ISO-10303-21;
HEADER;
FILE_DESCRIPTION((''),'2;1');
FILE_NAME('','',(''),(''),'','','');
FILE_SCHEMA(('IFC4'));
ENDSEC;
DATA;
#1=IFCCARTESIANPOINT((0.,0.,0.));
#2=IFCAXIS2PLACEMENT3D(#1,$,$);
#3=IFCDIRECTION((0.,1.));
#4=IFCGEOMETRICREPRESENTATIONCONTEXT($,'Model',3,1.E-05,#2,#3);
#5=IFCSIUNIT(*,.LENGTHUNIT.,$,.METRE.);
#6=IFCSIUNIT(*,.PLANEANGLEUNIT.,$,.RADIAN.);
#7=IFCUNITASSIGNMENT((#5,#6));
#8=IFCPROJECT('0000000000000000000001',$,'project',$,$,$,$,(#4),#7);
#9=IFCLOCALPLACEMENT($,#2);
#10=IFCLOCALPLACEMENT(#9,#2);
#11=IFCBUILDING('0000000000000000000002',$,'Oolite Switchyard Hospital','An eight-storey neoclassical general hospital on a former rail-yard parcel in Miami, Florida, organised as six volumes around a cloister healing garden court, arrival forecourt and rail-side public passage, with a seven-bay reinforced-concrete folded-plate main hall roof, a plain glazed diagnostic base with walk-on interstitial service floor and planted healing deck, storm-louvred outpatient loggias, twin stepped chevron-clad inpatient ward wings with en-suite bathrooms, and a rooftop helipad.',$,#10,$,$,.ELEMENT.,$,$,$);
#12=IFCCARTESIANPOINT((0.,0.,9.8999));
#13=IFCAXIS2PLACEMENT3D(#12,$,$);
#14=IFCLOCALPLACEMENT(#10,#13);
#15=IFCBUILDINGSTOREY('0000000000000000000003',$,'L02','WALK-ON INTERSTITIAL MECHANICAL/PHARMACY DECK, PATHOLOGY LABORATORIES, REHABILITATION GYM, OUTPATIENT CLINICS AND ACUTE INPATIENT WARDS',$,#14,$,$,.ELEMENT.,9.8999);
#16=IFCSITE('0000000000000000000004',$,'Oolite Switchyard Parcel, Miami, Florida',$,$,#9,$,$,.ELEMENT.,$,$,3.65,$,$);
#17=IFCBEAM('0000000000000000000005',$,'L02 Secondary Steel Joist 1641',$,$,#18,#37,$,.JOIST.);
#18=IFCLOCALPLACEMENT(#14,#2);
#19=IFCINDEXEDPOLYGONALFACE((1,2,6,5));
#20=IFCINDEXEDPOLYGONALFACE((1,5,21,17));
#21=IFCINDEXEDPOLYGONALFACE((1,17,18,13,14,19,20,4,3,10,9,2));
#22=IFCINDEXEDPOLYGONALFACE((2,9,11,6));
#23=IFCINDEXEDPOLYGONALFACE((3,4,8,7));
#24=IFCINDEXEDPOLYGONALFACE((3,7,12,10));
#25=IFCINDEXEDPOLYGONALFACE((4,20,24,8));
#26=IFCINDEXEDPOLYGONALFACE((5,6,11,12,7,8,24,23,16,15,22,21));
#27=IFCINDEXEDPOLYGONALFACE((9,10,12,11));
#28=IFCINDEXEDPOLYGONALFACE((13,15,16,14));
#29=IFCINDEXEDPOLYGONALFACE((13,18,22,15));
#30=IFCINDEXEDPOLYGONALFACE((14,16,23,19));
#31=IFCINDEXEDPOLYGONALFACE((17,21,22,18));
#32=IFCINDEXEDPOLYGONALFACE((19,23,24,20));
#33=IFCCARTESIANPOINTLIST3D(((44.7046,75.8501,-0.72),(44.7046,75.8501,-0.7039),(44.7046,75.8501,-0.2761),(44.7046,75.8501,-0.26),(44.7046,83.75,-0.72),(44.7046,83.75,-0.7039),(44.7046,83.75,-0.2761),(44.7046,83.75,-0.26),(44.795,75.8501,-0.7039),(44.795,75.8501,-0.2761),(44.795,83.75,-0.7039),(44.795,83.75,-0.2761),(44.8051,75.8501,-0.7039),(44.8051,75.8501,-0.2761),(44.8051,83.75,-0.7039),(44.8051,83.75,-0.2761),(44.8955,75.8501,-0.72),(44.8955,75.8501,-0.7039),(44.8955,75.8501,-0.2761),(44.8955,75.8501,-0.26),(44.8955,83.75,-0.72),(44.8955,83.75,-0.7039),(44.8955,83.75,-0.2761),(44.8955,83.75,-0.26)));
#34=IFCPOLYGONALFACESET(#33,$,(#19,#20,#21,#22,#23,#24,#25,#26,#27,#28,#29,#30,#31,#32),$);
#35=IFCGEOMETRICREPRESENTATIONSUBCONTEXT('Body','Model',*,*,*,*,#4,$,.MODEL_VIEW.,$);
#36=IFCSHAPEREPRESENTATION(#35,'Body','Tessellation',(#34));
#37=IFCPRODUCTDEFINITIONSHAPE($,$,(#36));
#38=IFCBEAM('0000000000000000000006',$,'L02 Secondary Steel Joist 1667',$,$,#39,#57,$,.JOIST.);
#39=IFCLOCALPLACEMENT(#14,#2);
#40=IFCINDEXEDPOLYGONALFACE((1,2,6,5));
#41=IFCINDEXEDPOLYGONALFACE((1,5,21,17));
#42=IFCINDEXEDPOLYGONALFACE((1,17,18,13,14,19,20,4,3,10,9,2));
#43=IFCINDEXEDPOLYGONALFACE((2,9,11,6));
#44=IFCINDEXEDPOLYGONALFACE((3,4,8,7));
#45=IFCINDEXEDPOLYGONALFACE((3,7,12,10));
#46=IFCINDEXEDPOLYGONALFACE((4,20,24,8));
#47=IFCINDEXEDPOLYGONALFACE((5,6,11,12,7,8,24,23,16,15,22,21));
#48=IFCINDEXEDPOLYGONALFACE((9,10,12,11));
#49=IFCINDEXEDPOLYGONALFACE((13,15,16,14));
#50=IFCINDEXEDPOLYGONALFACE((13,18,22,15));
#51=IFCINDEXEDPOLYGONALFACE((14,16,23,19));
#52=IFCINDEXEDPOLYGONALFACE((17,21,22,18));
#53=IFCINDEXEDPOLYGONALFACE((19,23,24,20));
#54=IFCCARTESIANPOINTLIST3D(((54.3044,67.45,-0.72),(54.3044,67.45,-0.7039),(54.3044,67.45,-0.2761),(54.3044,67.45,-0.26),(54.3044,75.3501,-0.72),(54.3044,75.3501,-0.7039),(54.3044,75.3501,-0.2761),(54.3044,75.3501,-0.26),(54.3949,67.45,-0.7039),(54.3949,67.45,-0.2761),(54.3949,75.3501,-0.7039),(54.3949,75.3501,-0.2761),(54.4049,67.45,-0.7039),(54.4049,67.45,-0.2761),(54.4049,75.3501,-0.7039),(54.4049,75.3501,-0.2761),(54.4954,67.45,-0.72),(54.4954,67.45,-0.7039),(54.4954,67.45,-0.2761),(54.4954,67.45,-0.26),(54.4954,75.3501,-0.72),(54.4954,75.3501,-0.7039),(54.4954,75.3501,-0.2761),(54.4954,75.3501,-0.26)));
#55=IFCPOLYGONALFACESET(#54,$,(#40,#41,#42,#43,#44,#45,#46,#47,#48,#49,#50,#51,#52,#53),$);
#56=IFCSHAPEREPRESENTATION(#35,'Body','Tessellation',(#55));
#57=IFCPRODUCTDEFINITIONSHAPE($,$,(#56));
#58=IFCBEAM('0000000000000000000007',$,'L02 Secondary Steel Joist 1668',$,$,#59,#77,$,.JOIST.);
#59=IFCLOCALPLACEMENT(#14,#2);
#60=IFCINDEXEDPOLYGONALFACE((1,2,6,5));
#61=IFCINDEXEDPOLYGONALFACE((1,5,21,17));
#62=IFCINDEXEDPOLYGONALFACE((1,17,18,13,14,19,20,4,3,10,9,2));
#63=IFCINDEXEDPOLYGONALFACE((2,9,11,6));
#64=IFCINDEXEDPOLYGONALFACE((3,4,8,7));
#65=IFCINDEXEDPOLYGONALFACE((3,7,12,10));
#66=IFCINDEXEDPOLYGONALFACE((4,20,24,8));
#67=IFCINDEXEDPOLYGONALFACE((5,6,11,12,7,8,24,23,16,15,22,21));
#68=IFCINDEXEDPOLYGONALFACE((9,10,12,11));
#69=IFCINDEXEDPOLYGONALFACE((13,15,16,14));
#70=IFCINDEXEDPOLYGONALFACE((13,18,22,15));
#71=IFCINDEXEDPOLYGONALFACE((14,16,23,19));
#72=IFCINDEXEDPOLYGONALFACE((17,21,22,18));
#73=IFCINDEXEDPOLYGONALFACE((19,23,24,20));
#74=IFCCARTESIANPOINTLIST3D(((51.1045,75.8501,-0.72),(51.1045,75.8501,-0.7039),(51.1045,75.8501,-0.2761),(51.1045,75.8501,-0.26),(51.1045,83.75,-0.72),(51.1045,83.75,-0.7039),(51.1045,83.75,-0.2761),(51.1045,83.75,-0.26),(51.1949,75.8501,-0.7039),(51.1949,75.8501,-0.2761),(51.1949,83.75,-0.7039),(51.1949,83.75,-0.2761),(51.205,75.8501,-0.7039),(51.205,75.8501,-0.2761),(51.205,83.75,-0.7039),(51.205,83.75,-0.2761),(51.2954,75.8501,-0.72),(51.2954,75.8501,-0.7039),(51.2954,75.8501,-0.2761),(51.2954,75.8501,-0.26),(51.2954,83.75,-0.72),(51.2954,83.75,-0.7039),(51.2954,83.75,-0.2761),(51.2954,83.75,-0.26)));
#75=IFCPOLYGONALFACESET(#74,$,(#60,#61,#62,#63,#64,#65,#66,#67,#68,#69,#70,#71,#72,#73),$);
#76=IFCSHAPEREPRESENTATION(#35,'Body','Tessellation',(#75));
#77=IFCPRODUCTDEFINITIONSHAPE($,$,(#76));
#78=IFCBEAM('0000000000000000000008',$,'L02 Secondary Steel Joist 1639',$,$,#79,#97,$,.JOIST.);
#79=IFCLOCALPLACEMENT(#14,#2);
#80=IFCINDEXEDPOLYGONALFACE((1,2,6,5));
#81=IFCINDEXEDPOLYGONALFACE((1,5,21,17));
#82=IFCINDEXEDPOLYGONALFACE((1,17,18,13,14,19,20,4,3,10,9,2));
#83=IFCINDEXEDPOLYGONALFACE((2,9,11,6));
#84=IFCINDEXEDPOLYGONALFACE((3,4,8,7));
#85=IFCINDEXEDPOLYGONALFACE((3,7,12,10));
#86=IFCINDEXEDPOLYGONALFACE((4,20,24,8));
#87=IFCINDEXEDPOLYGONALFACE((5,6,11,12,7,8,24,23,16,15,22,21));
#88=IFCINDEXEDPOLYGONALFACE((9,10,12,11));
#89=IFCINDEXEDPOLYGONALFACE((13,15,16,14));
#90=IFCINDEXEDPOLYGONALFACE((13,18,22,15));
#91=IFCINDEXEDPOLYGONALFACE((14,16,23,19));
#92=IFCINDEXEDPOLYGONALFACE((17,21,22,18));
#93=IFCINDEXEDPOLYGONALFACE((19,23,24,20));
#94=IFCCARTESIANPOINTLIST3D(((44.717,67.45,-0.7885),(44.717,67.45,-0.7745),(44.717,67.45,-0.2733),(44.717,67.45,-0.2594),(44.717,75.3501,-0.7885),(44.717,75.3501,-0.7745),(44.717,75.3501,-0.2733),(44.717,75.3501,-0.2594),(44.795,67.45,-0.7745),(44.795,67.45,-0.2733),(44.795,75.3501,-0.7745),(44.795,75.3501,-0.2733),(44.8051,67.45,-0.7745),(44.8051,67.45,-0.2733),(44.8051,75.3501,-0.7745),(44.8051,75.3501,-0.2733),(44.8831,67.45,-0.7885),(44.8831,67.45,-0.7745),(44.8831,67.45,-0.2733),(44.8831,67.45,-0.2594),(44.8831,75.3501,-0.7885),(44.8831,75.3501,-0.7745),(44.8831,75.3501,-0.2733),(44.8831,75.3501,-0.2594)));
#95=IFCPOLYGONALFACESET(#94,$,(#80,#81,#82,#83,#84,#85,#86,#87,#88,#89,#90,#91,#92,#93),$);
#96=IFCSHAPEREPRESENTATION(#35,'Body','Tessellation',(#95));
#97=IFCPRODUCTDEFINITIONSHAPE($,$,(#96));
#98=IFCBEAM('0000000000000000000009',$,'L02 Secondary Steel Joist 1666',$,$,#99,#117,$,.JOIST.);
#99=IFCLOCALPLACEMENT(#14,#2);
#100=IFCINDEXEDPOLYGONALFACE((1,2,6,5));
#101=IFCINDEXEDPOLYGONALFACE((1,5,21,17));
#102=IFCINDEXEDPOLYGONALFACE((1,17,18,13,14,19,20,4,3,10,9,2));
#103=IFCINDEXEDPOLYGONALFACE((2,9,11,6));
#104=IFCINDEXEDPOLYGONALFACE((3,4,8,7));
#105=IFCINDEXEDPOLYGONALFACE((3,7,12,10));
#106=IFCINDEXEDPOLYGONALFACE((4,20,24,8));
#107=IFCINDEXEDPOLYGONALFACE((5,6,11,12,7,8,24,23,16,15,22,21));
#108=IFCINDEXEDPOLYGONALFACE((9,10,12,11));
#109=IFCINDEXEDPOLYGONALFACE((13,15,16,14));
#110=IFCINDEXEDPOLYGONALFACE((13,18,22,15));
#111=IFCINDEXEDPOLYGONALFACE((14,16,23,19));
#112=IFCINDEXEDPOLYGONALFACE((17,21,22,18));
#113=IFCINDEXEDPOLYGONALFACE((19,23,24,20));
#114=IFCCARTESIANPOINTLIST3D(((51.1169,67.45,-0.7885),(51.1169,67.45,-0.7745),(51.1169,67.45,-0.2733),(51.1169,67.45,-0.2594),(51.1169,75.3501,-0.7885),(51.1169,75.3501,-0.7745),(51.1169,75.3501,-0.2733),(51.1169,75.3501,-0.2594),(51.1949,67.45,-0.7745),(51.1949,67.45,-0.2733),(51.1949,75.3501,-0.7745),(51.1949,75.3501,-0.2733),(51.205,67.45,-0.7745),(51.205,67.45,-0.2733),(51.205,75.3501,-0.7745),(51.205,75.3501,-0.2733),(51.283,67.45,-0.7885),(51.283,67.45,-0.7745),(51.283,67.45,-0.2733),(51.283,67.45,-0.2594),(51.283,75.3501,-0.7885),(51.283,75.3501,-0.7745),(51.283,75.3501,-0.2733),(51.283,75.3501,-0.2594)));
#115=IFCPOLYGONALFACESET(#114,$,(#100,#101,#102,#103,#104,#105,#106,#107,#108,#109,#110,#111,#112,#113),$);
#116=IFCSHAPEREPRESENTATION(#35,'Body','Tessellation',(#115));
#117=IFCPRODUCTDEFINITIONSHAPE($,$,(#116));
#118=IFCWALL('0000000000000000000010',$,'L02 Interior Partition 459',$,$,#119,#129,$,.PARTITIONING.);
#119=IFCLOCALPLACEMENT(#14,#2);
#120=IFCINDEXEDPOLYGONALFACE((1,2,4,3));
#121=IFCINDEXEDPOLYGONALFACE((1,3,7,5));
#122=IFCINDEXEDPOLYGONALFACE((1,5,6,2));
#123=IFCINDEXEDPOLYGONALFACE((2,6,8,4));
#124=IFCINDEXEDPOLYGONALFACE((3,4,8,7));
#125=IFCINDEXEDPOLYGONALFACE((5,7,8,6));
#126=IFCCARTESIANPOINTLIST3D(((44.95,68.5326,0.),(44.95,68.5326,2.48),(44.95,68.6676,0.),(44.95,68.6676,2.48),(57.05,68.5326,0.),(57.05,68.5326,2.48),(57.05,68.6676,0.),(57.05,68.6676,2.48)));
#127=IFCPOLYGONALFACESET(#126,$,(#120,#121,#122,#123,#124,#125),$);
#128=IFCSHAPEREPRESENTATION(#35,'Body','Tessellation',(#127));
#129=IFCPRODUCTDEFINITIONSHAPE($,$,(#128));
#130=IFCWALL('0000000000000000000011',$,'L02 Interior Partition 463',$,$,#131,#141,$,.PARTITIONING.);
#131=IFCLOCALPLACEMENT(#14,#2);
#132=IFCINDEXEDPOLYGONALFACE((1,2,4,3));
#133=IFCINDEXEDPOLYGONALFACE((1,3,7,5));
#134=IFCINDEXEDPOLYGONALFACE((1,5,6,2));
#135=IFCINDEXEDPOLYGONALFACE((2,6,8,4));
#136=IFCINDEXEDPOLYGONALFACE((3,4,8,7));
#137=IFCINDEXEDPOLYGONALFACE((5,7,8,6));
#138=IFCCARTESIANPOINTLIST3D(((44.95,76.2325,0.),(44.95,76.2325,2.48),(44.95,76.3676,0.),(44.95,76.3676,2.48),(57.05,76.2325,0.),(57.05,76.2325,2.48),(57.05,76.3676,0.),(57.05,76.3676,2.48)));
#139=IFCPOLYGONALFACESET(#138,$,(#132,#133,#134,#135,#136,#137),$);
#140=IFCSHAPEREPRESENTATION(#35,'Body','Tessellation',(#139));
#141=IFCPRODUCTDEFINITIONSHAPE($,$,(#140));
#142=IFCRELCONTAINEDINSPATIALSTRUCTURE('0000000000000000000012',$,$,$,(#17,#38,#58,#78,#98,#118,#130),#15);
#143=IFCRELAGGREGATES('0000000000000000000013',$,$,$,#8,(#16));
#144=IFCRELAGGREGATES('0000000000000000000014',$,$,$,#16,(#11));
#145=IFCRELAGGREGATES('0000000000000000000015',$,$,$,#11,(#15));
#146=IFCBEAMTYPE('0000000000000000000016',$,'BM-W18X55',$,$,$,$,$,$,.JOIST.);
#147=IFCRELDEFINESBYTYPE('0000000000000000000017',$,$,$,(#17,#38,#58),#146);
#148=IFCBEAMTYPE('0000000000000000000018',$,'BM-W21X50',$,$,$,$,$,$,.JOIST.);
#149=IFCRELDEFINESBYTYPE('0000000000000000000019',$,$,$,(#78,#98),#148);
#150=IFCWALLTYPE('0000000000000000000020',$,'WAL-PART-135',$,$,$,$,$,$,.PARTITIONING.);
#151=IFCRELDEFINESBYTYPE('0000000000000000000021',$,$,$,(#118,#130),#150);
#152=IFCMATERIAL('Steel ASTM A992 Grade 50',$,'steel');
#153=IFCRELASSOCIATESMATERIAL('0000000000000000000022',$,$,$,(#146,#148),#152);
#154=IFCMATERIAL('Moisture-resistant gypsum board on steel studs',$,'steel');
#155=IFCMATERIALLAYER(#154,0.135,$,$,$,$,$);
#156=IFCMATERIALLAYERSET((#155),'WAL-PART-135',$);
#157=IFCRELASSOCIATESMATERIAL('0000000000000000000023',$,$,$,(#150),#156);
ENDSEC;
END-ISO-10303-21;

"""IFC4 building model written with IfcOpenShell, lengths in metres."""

from ifc_helpers import new_model, si_unit, direction, frame, frame_2d, origin, origin_2d, place, context, subcontext, project, spatial, rectangle, i_section, extrude, material, layer, layer_set, material_profile, profile_set, type_object, element, save


model = new_model("IFC4")

# Units and contexts
model_context = context("Model", 3, precision=1e-05, world=origin(), true_north=direction((0.0, 1.0)))
body_context = subcontext(model_context, "Body", "Model", "MODEL_VIEW")
ifc_project = project(units=[si_unit("LENGTHUNIT", "METRE"), si_unit("PLANEANGLEUNIT", "RADIAN")], contexts=[model_context])

# Site, building, storey
site_placement = place(None, origin())
site = spatial("IfcSite", under=ifc_project, at=site_placement, Name="Oolite Switchyard Parcel, Miami, Florida", CompositionType="ELEMENT", RefElevation=3.65)
building_placement = place(site_placement, origin())
building = spatial("IfcBuilding", under=site, at=building_placement, Name="Oolite Switchyard Hospital", Description="An eight-storey neoclassical general hospital on a former rail-yard parcel in Miami, Florida, organised as six volumes around a cloister healing garden court, arrival forecourt and rail-side public passage, with a seven-bay reinforced-concrete folded-plate main hall roof, a plain glazed diagnostic base with walk-on interstitial service floor and planted healing deck, storm-louvred outpatient loggias, twin stepped chevron-clad inpatient ward wings with en-suite bathrooms, and a rooftop helipad.", CompositionType="ELEMENT")
storey_placement = place(building_placement, frame((0.0, 0.0, 9.8999)))
storey = spatial("IfcBuildingStorey", under=building, at=storey_placement, Name="L02", Description="WALK-ON INTERSTITIAL MECHANICAL/PHARMACY DECK, PATHOLOGY LABORATORIES, REHABILITATION GYM, OUTPATIENT CLINICS AND ACUTE INPATIENT WARDS", CompositionType="ELEMENT", Elevation=9.8999)

# Shared definitions
ifc_material_1 = material(Name="Steel ASTM A992 Grade 50", Category="steel")

# Beams
ifc_material_profile_1 = material_profile(ifc_material_1, i_section(OverallWidth=0.1909, OverallDepth=0.46, WebThickness=0.01, FlangeThickness=0.0161, at=origin_2d()), Name="W18X55")
ifc_profile_set_1 = profile_set([ifc_material_profile_1], Name="Steel ASTM A992 Grade 50")
beam_type_1 = type_object("IfcBeamType", Name="BM-W18X55", PredefinedType="JOIST", material=ifc_profile_set_1)
beam_1_placement = place(storey_placement, frame((44.8, 75.8501, -0.49), z_axis=(0.0, 1.0, 0.0), x_axis=(-1.0, 0.0, 0.0)))
element("IfcBeam", 1, at=beam_1_placement, inside=storey, type_object=beam_type_1, Name="L02 Secondary Steel Joist 1641", PredefinedType="JOIST", context=body_context, shape_type="SweptSolid", body=[
    extrude(i_section(OverallWidth=0.1909, OverallDepth=0.46, WebThickness=0.01, FlangeThickness=0.0161, at=origin_2d()), origin(), (0.0, 0.0, 1.0), 7.8999),
])
beam_2_placement = place(storey_placement, frame((54.3999, 67.45, -0.49), z_axis=(0.0, 1.0, 0.0), x_axis=(-1.0, 0.0, 0.0)))
element("IfcBeam", 2, at=beam_2_placement, inside=storey, type_object=beam_type_1, Name="L02 Secondary Steel Joist 1667", PredefinedType="JOIST", context=body_context, shape_type="SweptSolid", body=[
    extrude(i_section(OverallWidth=0.1909, OverallDepth=0.46, WebThickness=0.01, FlangeThickness=0.0161, at=origin_2d()), origin(), (0.0, 0.0, 1.0), 7.9001),
])
beam_3_placement = place(storey_placement, frame((51.2, 75.8501, -0.49), z_axis=(0.0, 1.0, 0.0), x_axis=(-1.0, 0.0, 0.0)))
element("IfcBeam", 3, at=beam_3_placement, inside=storey, type_object=beam_type_1, Name="L02 Secondary Steel Joist 1668", PredefinedType="JOIST", context=body_context, shape_type="SweptSolid", body=[
    extrude(i_section(OverallWidth=0.1909, OverallDepth=0.46, WebThickness=0.01, FlangeThickness=0.0161, at=origin_2d()), origin(), (0.0, 0.0, 1.0), 7.8999),
])
ifc_material_profile_2 = material_profile(ifc_material_1, i_section(OverallWidth=0.166, OverallDepth=0.5291, WebThickness=0.01, FlangeThickness=0.0139, at=origin_2d()), Name="W21X50")
ifc_profile_set_2 = profile_set([ifc_material_profile_2], Name="Steel ASTM A992 Grade 50")
beam_type_2 = type_object("IfcBeamType", Name="BM-W21X50", PredefinedType="JOIST", material=ifc_profile_set_2)
for number, where, z_axis, x_axis, name in (
    (4, (44.8, 67.45, -0.5239), (0.0, 1.0, 0.0), (-1.0, 0.0, 0.0), "L02 Secondary Steel Joist 1639"),
    (5, (51.2, 67.45, -0.5239), (0.0, 1.0, 0.0), (-1.0, 0.0, 0.0), "L02 Secondary Steel Joist 1666"),
):
    element("IfcBeam", number, at=place(storey_placement, frame(where, z_axis=z_axis, x_axis=x_axis)), inside=storey, type_object=beam_type_2, Name=name, PredefinedType="JOIST", context=body_context, shape_type="SweptSolid", body=[
        extrude(i_section(OverallWidth=0.166, OverallDepth=0.5291, WebThickness=0.01, FlangeThickness=0.0139, at=origin_2d()), origin(), (0.0, 0.0, 1.0), 7.9001),
    ])

# Walls
ifc_material_2 = material(Name="Moisture-resistant gypsum board on steel studs", Category="steel")
ifc_layer_1 = layer(ifc_material_2, 0.135)
ifc_layer_set_1 = layer_set([ifc_layer_1], Name="WAL-PART-135")
wall_type_1 = type_object("IfcWallType", Name="WAL-PART-135", PredefinedType="PARTITIONING", material=ifc_layer_set_1)
for number, where, z_axis, x_axis, name in (
    (6, (44.95, 68.6001, 0.0), (0.0, 0.0, 1.0), (1.0, 0.0, 0.0), "L02 Interior Partition 459"),
    (7, (44.95, 76.3, 0.0), (0.0, 0.0, 1.0), (1.0, 0.0, 0.0), "L02 Interior Partition 463"),
):
    element("IfcWall", number, at=place(storey_placement, frame(where, z_axis=z_axis, x_axis=x_axis)), inside=storey, type_object=wall_type_1, Name=name, PredefinedType="PARTITIONING", context=body_context, shape_type="SweptSolid", body=[
        extrude(rectangle(XDim=12.1001, YDim=0.135, at=frame_2d((6.05, 0.0))), origin(), (0.0, 0.0, 1.0), 2.48),
    ])

save(model, "model.ifc")
